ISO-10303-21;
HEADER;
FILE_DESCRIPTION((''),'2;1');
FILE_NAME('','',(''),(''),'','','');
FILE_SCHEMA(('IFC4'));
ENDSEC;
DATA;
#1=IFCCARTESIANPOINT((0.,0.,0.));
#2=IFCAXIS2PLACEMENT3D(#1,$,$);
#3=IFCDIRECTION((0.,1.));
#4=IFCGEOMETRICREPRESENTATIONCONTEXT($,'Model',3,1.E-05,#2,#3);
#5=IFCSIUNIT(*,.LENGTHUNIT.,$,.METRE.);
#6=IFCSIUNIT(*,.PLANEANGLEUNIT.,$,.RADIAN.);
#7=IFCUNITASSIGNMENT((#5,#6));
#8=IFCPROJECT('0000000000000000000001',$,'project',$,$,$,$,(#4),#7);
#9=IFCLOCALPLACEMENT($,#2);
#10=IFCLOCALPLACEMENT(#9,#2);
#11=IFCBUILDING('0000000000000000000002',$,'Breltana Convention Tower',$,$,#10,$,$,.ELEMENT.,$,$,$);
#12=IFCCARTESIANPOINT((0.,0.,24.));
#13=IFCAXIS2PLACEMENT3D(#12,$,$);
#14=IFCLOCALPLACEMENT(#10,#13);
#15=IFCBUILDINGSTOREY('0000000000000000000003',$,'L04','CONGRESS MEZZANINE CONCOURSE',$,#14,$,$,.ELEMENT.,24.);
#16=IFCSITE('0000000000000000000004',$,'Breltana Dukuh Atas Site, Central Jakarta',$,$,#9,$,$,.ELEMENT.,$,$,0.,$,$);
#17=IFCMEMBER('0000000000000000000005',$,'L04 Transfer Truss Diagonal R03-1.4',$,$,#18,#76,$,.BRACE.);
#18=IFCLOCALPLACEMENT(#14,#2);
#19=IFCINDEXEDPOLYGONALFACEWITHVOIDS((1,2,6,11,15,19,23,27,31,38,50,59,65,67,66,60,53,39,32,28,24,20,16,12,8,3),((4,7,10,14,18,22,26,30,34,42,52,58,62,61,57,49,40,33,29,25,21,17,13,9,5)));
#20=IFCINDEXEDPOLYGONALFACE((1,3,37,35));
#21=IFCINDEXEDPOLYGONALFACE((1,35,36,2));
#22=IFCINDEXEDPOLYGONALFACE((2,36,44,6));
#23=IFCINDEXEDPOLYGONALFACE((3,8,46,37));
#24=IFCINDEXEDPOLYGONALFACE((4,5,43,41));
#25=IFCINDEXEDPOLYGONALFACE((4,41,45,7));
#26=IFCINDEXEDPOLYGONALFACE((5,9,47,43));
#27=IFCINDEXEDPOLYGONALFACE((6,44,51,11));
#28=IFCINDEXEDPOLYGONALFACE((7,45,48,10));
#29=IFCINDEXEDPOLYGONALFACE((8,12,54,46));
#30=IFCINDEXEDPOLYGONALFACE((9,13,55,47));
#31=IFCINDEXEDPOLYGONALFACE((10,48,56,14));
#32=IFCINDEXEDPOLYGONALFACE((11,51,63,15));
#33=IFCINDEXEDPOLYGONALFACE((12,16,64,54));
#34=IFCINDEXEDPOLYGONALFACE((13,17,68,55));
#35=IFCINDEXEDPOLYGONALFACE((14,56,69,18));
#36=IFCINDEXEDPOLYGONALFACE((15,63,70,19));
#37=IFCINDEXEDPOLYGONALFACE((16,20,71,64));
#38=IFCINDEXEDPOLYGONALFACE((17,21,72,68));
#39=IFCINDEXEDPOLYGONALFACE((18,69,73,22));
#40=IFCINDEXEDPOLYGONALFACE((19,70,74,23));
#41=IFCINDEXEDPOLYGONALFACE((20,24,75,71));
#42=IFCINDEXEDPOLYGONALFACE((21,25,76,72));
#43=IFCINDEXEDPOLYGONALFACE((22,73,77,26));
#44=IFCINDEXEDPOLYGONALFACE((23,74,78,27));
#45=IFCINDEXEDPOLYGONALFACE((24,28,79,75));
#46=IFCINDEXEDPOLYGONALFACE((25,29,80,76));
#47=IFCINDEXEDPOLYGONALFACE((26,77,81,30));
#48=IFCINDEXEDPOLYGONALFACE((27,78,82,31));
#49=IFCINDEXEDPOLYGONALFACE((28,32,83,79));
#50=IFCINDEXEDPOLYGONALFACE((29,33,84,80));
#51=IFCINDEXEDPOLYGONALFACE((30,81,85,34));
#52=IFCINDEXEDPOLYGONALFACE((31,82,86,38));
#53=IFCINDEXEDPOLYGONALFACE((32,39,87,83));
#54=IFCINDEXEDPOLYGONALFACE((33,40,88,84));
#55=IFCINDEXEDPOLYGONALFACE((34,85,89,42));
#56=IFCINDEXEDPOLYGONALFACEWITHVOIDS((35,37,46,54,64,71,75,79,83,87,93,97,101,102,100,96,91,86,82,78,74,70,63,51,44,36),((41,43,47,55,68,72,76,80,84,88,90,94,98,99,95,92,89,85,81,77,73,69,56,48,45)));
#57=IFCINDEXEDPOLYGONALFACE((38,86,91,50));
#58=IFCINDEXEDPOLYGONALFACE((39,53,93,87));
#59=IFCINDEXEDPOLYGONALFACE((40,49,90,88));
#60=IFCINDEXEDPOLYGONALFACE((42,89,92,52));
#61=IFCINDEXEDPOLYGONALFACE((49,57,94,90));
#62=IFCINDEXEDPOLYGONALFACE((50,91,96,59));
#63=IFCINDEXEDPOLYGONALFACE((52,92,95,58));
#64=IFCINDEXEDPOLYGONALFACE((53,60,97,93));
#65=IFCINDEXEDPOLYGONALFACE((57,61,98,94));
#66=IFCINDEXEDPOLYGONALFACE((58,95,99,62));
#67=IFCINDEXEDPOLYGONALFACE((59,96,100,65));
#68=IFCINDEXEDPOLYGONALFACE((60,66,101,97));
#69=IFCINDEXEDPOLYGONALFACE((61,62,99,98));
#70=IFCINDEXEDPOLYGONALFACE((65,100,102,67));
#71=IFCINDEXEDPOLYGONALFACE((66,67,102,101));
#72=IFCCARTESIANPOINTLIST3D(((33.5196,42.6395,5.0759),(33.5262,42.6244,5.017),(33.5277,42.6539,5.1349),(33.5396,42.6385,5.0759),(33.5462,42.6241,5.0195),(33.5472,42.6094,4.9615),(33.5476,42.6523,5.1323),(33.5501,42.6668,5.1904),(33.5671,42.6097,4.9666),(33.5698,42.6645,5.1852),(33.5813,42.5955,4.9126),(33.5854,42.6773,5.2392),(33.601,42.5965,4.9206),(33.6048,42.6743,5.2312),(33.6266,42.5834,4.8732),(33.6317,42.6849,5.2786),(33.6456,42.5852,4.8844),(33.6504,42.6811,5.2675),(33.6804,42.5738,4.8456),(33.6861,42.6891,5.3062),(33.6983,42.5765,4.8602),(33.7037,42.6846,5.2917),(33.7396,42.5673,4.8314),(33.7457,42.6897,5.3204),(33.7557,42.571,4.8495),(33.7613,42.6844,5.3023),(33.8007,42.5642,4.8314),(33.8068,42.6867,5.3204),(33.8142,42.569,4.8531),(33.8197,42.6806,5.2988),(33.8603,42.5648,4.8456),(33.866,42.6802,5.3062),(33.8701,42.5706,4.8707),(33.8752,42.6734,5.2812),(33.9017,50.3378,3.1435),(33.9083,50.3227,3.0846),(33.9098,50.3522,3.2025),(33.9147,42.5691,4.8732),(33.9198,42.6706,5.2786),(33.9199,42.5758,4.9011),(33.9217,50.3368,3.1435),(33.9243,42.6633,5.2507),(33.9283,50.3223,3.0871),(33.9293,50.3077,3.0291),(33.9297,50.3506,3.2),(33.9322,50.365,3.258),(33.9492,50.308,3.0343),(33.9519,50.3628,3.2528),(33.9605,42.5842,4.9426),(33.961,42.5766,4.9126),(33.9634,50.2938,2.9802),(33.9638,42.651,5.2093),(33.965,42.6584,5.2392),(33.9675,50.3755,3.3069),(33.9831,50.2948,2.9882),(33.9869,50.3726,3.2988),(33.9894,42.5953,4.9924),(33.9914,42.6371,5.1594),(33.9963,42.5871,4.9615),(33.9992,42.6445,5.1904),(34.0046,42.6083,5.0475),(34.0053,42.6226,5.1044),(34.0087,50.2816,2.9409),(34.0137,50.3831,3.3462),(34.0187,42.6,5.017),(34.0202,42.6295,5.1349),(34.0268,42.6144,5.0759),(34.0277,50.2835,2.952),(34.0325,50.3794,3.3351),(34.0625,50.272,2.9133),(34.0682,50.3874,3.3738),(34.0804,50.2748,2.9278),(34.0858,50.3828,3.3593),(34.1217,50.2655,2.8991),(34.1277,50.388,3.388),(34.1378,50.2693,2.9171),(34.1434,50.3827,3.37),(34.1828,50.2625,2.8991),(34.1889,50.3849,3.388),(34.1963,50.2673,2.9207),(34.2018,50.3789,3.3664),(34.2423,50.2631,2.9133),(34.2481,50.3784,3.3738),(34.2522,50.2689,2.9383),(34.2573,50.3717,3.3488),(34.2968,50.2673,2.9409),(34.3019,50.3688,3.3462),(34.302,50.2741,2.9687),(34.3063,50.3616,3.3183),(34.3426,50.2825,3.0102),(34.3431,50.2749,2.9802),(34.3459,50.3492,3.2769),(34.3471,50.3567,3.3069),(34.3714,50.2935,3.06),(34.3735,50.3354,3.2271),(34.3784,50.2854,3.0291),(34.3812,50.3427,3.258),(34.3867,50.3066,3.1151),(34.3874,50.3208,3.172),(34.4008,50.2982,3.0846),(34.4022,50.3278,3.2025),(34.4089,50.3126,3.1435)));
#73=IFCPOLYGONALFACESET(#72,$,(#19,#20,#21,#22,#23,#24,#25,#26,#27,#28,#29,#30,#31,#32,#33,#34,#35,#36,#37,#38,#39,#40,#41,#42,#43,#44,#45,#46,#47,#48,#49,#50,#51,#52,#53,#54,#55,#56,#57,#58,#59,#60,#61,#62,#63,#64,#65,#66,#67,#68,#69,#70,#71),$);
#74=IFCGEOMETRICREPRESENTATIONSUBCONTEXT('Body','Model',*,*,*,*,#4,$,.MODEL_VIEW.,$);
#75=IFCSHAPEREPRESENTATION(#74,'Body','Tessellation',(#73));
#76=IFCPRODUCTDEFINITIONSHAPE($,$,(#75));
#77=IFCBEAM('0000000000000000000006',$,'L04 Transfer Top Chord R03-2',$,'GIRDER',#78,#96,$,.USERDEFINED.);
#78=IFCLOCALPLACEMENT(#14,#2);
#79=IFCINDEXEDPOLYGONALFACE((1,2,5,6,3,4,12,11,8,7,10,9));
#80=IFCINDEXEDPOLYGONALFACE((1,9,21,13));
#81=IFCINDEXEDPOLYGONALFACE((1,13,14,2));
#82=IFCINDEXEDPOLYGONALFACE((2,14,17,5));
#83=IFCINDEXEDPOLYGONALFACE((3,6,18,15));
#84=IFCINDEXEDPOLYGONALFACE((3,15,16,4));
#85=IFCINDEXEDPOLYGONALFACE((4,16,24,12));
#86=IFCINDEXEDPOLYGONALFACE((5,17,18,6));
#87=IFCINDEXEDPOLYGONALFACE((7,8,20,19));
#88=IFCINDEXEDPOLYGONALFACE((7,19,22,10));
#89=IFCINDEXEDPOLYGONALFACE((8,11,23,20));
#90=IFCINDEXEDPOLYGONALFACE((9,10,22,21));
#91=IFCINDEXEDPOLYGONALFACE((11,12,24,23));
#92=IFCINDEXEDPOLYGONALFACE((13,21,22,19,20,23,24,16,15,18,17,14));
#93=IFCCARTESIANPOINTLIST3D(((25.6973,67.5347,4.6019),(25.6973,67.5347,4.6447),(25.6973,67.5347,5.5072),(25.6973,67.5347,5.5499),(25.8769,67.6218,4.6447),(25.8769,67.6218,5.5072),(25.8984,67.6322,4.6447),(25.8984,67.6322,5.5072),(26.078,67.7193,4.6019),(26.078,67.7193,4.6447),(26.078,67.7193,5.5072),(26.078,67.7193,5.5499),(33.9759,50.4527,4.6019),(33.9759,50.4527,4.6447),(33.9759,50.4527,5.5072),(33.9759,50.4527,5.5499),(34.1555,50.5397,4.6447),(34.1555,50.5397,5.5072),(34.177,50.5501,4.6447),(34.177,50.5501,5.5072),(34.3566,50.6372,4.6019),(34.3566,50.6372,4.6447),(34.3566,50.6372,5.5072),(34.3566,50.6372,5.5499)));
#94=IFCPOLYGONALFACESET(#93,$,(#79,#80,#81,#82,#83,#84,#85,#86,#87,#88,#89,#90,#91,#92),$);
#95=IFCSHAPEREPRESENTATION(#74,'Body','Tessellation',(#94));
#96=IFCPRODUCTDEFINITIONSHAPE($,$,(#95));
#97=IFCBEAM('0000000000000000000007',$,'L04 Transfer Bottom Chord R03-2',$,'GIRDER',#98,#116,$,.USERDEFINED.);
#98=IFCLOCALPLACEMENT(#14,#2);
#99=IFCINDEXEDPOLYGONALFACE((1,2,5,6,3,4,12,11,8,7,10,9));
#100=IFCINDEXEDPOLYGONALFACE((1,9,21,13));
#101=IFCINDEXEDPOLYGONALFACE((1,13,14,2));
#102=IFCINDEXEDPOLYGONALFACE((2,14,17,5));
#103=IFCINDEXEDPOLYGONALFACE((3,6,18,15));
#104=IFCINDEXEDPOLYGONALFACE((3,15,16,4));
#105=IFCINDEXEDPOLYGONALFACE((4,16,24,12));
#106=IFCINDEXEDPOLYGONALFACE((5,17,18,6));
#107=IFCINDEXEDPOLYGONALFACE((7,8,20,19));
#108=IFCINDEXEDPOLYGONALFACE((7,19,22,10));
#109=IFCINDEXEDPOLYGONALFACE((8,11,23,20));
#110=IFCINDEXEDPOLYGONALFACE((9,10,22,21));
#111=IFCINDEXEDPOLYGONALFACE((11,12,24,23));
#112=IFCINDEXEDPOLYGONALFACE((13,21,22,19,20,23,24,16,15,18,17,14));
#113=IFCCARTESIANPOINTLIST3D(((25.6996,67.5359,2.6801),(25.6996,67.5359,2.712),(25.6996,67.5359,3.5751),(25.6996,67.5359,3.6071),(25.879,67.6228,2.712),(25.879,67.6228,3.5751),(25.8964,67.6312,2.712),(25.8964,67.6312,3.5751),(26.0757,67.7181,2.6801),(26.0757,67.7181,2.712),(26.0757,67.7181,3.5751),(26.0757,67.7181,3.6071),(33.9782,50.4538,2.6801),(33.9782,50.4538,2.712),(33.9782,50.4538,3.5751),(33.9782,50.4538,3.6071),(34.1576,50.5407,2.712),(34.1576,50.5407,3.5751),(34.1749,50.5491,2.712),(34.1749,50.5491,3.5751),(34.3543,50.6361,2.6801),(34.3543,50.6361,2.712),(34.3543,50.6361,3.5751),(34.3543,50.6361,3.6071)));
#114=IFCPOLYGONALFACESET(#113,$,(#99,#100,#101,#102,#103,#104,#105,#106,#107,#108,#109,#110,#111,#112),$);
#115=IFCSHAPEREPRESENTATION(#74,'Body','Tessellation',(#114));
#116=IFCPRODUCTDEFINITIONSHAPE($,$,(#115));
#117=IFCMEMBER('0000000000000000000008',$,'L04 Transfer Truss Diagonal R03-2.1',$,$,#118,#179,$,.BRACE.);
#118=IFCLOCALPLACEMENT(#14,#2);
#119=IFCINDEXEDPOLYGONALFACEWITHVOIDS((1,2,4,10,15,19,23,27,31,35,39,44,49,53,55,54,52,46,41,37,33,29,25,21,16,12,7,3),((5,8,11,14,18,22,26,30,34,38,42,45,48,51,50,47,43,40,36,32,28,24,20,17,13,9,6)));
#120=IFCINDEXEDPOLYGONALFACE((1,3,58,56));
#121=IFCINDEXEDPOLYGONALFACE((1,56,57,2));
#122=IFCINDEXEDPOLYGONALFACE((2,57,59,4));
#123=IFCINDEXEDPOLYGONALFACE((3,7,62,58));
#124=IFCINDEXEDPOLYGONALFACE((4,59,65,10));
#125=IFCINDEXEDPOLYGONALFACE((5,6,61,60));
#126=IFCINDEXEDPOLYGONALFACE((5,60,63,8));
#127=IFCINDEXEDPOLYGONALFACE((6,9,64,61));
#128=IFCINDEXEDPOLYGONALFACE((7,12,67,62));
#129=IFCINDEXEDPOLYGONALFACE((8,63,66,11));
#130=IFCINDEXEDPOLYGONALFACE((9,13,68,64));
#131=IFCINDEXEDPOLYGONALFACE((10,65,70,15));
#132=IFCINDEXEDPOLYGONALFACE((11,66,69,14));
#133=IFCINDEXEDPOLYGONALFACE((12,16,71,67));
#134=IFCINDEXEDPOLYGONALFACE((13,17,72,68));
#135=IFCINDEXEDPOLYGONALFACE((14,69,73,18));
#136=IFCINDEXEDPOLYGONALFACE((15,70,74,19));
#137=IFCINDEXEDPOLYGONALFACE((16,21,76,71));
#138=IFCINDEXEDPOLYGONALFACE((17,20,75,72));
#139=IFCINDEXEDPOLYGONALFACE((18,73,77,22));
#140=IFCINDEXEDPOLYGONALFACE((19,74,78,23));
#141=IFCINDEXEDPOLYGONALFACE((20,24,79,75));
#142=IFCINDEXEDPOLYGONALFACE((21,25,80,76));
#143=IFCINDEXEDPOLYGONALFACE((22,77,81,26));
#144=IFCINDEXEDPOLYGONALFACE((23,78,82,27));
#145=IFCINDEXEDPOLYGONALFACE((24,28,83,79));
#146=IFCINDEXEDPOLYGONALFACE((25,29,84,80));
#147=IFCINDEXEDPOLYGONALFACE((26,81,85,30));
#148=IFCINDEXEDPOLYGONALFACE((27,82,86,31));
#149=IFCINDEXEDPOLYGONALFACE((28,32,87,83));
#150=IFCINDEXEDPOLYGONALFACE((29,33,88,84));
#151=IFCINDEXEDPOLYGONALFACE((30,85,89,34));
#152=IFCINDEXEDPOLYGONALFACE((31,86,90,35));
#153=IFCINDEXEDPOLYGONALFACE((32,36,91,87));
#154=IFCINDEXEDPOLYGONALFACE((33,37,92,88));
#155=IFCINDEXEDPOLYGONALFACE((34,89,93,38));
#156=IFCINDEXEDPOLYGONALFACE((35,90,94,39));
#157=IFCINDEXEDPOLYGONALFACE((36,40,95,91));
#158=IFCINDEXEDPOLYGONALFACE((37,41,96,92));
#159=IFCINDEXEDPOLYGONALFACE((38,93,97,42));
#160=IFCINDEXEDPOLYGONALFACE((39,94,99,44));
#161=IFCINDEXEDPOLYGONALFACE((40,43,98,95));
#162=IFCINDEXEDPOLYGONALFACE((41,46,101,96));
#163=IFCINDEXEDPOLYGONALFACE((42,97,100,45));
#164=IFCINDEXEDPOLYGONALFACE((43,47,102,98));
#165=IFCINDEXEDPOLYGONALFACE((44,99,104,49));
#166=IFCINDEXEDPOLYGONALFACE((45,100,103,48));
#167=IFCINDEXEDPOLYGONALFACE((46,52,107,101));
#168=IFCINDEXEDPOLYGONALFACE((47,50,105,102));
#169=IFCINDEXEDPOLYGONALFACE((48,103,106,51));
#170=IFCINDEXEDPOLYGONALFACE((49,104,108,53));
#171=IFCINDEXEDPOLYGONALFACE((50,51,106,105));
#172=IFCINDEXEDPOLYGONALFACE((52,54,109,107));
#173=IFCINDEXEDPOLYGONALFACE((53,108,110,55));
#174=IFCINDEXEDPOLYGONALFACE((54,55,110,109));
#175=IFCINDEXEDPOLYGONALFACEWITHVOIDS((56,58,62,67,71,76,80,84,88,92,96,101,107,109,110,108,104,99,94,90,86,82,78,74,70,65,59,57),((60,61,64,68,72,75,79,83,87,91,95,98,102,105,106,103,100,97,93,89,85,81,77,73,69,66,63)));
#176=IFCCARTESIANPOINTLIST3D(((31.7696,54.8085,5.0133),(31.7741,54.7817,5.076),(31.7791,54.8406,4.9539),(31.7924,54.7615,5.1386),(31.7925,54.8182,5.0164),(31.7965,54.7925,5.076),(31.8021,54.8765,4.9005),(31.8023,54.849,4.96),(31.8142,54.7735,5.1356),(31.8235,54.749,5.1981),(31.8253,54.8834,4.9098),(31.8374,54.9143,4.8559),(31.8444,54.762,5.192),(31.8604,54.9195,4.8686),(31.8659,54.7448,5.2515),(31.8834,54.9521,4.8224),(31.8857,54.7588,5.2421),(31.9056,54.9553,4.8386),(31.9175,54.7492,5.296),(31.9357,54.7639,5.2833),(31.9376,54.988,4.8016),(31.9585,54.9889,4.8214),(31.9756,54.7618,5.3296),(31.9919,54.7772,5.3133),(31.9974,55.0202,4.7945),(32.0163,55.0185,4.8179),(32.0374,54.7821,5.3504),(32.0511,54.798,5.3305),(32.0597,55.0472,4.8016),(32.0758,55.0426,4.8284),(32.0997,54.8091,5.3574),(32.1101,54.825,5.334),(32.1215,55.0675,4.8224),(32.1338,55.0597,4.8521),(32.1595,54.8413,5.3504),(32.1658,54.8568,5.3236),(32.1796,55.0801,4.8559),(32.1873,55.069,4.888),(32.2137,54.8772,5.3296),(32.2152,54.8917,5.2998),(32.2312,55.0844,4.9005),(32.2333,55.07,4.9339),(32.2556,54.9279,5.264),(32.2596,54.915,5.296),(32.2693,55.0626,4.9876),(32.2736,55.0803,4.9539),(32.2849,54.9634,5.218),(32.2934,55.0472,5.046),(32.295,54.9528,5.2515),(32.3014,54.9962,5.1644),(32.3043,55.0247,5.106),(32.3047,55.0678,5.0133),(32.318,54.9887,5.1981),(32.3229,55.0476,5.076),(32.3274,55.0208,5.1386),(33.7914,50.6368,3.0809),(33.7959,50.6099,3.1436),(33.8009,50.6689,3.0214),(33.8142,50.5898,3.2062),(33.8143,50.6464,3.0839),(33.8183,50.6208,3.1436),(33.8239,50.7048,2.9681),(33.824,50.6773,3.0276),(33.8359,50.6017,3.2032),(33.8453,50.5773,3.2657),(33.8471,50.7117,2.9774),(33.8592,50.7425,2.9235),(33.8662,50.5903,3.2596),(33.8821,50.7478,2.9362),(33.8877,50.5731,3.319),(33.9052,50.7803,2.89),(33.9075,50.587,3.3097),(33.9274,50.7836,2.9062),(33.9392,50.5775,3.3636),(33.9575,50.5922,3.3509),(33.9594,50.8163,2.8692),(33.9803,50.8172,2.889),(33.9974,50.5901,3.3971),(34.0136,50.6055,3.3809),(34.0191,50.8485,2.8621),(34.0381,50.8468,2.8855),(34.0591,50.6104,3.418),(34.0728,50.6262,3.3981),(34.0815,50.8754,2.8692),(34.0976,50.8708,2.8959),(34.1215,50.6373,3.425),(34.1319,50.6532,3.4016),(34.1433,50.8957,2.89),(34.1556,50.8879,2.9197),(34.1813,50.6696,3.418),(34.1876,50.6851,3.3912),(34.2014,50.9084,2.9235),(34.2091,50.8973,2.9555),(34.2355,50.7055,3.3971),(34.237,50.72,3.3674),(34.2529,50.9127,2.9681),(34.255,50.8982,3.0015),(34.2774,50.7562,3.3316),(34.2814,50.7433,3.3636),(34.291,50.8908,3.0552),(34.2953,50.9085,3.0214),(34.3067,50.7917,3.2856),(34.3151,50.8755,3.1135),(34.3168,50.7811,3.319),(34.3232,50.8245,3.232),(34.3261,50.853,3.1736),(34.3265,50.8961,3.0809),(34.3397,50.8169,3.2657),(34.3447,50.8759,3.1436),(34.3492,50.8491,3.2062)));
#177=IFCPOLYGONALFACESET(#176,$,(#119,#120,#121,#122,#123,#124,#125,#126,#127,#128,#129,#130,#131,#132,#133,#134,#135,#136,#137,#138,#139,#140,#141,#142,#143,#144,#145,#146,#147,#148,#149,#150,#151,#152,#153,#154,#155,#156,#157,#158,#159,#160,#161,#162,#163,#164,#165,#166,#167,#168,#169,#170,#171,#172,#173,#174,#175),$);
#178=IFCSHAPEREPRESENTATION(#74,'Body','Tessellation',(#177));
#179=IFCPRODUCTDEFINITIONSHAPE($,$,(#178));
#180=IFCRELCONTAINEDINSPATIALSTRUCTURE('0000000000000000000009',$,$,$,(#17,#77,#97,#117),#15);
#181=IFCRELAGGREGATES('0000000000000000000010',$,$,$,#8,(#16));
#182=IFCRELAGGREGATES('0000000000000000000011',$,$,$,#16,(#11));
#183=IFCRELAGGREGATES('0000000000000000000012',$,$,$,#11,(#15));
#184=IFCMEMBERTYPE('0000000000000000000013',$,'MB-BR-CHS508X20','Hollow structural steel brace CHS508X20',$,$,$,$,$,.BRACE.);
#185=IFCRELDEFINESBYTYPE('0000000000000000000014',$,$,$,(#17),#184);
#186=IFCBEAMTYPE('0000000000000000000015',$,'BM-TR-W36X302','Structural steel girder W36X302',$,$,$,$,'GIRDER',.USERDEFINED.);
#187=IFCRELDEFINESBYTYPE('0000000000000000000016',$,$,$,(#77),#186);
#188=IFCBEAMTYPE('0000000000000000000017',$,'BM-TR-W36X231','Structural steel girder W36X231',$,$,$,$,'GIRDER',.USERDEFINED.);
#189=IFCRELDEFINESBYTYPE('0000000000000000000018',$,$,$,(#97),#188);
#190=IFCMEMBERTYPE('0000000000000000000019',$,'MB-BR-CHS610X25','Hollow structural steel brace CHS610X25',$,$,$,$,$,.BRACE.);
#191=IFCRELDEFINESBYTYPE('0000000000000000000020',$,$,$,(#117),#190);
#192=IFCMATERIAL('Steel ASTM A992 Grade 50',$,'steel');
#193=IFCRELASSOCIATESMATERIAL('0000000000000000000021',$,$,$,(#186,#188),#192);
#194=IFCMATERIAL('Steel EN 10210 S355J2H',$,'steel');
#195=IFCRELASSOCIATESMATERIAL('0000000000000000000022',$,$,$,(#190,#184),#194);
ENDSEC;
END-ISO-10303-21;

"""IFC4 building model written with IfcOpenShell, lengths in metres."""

from ifc_helpers import new_model, si_unit, direction, frame, origin, origin_2d, place, context, subcontext, project, spatial, hollow_circle, i_section, extrude, source, transform, mapped, material, material_profile, profile_set, type_object, element, save


model = new_model("IFC4")

# Units and contexts
model_context = context("Model", 3, precision=1e-05, world=origin(), true_north=direction((0.0, 1.0)))
body_context = subcontext(model_context, "Body", "Model", "MODEL_VIEW")
ifc_project = project(units=[si_unit("LENGTHUNIT", "METRE"), si_unit("PLANEANGLEUNIT", "RADIAN")], contexts=[model_context])

# Site, building, storey
site_placement = place(None, origin())
site = spatial("IfcSite", under=ifc_project, at=site_placement, Name="Breltana Dukuh Atas Site, Central Jakarta", CompositionType="ELEMENT", RefElevation=0.0)
building_placement = place(site_placement, origin())
building = spatial("IfcBuilding", under=site, at=building_placement, Name="Breltana Convention Tower", CompositionType="ELEMENT")
storey_placement = place(building_placement, frame((0.0, 0.0, 24.0)))
storey = spatial("IfcBuildingStorey", under=building, at=storey_placement, Name="L04", Description="CONGRESS MEZZANINE CONCOURSE", CompositionType="ELEMENT", Elevation=24.0)

# Shared definitions
ifc_material_1 = material(Name="Steel ASTM A992 Grade 50", Category="steel")

# Shared definitions
ifc_material_profile_1 = material_profile(ifc_material_1, i_section(OverallWidth=0.4231, OverallDepth=0.948, WebThickness=0.0239, FlangeThickness=0.0427, at=origin_2d()), Name="W36X302")
ifc_profile_set_1 = profile_set([ifc_material_profile_1], Name="Steel ASTM A992 Grade 50")
beam_type_1 = type_object("IfcBeamType", Name="BM-TR-W36X302", Description="Structural steel girder W36X302", ElementType="GIRDER", PredefinedType="USERDEFINED", material=ifc_profile_set_1)
ifc_material_profile_2 = material_profile(ifc_material_1, i_section(OverallWidth=0.418, OverallDepth=0.927, WebThickness=0.0193, FlangeThickness=0.032, at=origin_2d()), Name="W36X231")
ifc_profile_set_2 = profile_set([ifc_material_profile_2], Name="Steel ASTM A992 Grade 50")
beam_type_2 = type_object("IfcBeamType", Name="BM-TR-W36X231", Description="Structural steel girder W36X231", ElementType="GIRDER", PredefinedType="USERDEFINED", material=ifc_profile_set_2)

# Member
ifc_material_2 = material(Name="Steel EN 10210 S355J2H", Category="steel")
ifc_material_profile_3 = material_profile(ifc_material_2, hollow_circle(Radius=0.3049, WallThickness=0.0249, at=origin_2d()), Name="CHS610X25")
ifc_profile_set_3 = profile_set([ifc_material_profile_3], Name="Steel EN 10210 S355J2H")
member_type_1 = type_object("IfcMemberType", Name="MB-BR-CHS610X25", Description="Hollow structural steel brace CHS610X25", PredefinedType="BRACE", material=ifc_profile_set_3)
ifc_material_profile_4 = material_profile(ifc_material_2, hollow_circle(Radius=0.2539, WallThickness=0.02, at=origin_2d()), Name="CHS508X20")
ifc_profile_set_4 = profile_set([ifc_material_profile_4], Name="Steel EN 10210 S355J2H")
member_type_2 = type_object("IfcMemberType", Name="MB-BR-CHS508X20", Description="Hollow structural steel brace CHS508X20", PredefinedType="BRACE", material=ifc_profile_set_4)
shared_shape_1 = source(origin(), body_context, "Body", "SweptSolid", [
    extrude(hollow_circle(Radius=0.2539, WallThickness=0.02, at=origin_2d()), origin(), (0.0, 0.0, 1.0), 7.9463),
])
member_1_placement = place(storey_placement, frame((33.7732, 42.627, 5.0759), z_axis=(0.048083, 0.968789, -0.24318), x_axis=(-0.998771, 0.049571, 0.0)))
element("IfcMember", 1, at=member_1_placement, inside=storey, type_object=member_type_2, Name="L04 Transfer Truss Diagonal R03-1.4", PredefinedType="BRACE", context=body_context, shape_type="MappedRepresentation", body=[
    mapped(shared_shape_1, transform((0.0, 0.0, 0.0), scale=1.0)),
])

# Beams
shared_shape_2 = source(origin(), body_context, "Body", "SweptSolid", [
    extrude(i_section(OverallWidth=0.4231, OverallDepth=0.948, WebThickness=0.0239, FlangeThickness=0.0427, at=origin_2d()), origin(), (0.0, 0.0, 1.0), 18.9824),
])
beam_1_placement = place(storey_placement, frame((34.1663, 50.5449, 5.0759), z_axis=(-0.436119, 0.899889, 0.0), x_axis=(-0.899889, -0.436119, 0.0)))
element("IfcBeam", 2, at=beam_1_placement, inside=storey, type_object=beam_type_1, Name="L04 Transfer Top Chord R03-2", ObjectType="GIRDER", PredefinedType="USERDEFINED", context=body_context, shape_type="MappedRepresentation", body=[
    mapped(shared_shape_2, transform((0.0, 0.0, 0.0), scale=1.0)),
])
shared_shape_3 = source(origin(), body_context, "Body", "SweptSolid", [
    extrude(i_section(OverallWidth=0.418, OverallDepth=0.927, WebThickness=0.0193, FlangeThickness=0.032, at=origin_2d()), origin(), (0.0, 0.0, 1.0), 18.9824),
])
beam_2_placement = place(storey_placement, frame((34.1663, 50.5449, 3.1436), z_axis=(-0.436119, 0.899889, 0.0), x_axis=(-0.899889, -0.436119, 0.0)))
element("IfcBeam", 3, at=beam_2_placement, inside=storey, type_object=beam_type_2, Name="L04 Transfer Bottom Chord R03-2", ObjectType="GIRDER", PredefinedType="USERDEFINED", context=body_context, shape_type="MappedRepresentation", body=[
    mapped(shared_shape_3, transform((0.0, 0.0, 0.0), scale=1.0)),
])

# Member
shared_shape_4 = source(origin(), body_context, "Body", "SweptSolid", [
    extrude(hollow_circle(Radius=0.3049, WallThickness=0.0249, at=origin_2d()), origin(), (0.0, 0.0, 1.0), 5.0225),
])
member_2_placement = place(storey_placement, frame((34.0703, 50.7429, 3.1436), z_axis=(-0.402547, 0.830614, 0.384755), x_axis=(-0.899889, -0.43612, 0.0)))
element("IfcMember", 4, at=member_2_placement, inside=storey, type_object=member_type_1, Name="L04 Transfer Truss Diagonal R03-2.1", PredefinedType="BRACE", context=body_context, shape_type="MappedRepresentation", body=[
    mapped(shared_shape_4, transform((0.0, 0.0, 0.0), scale=1.0)),
])

save(model, "model.ifc")
